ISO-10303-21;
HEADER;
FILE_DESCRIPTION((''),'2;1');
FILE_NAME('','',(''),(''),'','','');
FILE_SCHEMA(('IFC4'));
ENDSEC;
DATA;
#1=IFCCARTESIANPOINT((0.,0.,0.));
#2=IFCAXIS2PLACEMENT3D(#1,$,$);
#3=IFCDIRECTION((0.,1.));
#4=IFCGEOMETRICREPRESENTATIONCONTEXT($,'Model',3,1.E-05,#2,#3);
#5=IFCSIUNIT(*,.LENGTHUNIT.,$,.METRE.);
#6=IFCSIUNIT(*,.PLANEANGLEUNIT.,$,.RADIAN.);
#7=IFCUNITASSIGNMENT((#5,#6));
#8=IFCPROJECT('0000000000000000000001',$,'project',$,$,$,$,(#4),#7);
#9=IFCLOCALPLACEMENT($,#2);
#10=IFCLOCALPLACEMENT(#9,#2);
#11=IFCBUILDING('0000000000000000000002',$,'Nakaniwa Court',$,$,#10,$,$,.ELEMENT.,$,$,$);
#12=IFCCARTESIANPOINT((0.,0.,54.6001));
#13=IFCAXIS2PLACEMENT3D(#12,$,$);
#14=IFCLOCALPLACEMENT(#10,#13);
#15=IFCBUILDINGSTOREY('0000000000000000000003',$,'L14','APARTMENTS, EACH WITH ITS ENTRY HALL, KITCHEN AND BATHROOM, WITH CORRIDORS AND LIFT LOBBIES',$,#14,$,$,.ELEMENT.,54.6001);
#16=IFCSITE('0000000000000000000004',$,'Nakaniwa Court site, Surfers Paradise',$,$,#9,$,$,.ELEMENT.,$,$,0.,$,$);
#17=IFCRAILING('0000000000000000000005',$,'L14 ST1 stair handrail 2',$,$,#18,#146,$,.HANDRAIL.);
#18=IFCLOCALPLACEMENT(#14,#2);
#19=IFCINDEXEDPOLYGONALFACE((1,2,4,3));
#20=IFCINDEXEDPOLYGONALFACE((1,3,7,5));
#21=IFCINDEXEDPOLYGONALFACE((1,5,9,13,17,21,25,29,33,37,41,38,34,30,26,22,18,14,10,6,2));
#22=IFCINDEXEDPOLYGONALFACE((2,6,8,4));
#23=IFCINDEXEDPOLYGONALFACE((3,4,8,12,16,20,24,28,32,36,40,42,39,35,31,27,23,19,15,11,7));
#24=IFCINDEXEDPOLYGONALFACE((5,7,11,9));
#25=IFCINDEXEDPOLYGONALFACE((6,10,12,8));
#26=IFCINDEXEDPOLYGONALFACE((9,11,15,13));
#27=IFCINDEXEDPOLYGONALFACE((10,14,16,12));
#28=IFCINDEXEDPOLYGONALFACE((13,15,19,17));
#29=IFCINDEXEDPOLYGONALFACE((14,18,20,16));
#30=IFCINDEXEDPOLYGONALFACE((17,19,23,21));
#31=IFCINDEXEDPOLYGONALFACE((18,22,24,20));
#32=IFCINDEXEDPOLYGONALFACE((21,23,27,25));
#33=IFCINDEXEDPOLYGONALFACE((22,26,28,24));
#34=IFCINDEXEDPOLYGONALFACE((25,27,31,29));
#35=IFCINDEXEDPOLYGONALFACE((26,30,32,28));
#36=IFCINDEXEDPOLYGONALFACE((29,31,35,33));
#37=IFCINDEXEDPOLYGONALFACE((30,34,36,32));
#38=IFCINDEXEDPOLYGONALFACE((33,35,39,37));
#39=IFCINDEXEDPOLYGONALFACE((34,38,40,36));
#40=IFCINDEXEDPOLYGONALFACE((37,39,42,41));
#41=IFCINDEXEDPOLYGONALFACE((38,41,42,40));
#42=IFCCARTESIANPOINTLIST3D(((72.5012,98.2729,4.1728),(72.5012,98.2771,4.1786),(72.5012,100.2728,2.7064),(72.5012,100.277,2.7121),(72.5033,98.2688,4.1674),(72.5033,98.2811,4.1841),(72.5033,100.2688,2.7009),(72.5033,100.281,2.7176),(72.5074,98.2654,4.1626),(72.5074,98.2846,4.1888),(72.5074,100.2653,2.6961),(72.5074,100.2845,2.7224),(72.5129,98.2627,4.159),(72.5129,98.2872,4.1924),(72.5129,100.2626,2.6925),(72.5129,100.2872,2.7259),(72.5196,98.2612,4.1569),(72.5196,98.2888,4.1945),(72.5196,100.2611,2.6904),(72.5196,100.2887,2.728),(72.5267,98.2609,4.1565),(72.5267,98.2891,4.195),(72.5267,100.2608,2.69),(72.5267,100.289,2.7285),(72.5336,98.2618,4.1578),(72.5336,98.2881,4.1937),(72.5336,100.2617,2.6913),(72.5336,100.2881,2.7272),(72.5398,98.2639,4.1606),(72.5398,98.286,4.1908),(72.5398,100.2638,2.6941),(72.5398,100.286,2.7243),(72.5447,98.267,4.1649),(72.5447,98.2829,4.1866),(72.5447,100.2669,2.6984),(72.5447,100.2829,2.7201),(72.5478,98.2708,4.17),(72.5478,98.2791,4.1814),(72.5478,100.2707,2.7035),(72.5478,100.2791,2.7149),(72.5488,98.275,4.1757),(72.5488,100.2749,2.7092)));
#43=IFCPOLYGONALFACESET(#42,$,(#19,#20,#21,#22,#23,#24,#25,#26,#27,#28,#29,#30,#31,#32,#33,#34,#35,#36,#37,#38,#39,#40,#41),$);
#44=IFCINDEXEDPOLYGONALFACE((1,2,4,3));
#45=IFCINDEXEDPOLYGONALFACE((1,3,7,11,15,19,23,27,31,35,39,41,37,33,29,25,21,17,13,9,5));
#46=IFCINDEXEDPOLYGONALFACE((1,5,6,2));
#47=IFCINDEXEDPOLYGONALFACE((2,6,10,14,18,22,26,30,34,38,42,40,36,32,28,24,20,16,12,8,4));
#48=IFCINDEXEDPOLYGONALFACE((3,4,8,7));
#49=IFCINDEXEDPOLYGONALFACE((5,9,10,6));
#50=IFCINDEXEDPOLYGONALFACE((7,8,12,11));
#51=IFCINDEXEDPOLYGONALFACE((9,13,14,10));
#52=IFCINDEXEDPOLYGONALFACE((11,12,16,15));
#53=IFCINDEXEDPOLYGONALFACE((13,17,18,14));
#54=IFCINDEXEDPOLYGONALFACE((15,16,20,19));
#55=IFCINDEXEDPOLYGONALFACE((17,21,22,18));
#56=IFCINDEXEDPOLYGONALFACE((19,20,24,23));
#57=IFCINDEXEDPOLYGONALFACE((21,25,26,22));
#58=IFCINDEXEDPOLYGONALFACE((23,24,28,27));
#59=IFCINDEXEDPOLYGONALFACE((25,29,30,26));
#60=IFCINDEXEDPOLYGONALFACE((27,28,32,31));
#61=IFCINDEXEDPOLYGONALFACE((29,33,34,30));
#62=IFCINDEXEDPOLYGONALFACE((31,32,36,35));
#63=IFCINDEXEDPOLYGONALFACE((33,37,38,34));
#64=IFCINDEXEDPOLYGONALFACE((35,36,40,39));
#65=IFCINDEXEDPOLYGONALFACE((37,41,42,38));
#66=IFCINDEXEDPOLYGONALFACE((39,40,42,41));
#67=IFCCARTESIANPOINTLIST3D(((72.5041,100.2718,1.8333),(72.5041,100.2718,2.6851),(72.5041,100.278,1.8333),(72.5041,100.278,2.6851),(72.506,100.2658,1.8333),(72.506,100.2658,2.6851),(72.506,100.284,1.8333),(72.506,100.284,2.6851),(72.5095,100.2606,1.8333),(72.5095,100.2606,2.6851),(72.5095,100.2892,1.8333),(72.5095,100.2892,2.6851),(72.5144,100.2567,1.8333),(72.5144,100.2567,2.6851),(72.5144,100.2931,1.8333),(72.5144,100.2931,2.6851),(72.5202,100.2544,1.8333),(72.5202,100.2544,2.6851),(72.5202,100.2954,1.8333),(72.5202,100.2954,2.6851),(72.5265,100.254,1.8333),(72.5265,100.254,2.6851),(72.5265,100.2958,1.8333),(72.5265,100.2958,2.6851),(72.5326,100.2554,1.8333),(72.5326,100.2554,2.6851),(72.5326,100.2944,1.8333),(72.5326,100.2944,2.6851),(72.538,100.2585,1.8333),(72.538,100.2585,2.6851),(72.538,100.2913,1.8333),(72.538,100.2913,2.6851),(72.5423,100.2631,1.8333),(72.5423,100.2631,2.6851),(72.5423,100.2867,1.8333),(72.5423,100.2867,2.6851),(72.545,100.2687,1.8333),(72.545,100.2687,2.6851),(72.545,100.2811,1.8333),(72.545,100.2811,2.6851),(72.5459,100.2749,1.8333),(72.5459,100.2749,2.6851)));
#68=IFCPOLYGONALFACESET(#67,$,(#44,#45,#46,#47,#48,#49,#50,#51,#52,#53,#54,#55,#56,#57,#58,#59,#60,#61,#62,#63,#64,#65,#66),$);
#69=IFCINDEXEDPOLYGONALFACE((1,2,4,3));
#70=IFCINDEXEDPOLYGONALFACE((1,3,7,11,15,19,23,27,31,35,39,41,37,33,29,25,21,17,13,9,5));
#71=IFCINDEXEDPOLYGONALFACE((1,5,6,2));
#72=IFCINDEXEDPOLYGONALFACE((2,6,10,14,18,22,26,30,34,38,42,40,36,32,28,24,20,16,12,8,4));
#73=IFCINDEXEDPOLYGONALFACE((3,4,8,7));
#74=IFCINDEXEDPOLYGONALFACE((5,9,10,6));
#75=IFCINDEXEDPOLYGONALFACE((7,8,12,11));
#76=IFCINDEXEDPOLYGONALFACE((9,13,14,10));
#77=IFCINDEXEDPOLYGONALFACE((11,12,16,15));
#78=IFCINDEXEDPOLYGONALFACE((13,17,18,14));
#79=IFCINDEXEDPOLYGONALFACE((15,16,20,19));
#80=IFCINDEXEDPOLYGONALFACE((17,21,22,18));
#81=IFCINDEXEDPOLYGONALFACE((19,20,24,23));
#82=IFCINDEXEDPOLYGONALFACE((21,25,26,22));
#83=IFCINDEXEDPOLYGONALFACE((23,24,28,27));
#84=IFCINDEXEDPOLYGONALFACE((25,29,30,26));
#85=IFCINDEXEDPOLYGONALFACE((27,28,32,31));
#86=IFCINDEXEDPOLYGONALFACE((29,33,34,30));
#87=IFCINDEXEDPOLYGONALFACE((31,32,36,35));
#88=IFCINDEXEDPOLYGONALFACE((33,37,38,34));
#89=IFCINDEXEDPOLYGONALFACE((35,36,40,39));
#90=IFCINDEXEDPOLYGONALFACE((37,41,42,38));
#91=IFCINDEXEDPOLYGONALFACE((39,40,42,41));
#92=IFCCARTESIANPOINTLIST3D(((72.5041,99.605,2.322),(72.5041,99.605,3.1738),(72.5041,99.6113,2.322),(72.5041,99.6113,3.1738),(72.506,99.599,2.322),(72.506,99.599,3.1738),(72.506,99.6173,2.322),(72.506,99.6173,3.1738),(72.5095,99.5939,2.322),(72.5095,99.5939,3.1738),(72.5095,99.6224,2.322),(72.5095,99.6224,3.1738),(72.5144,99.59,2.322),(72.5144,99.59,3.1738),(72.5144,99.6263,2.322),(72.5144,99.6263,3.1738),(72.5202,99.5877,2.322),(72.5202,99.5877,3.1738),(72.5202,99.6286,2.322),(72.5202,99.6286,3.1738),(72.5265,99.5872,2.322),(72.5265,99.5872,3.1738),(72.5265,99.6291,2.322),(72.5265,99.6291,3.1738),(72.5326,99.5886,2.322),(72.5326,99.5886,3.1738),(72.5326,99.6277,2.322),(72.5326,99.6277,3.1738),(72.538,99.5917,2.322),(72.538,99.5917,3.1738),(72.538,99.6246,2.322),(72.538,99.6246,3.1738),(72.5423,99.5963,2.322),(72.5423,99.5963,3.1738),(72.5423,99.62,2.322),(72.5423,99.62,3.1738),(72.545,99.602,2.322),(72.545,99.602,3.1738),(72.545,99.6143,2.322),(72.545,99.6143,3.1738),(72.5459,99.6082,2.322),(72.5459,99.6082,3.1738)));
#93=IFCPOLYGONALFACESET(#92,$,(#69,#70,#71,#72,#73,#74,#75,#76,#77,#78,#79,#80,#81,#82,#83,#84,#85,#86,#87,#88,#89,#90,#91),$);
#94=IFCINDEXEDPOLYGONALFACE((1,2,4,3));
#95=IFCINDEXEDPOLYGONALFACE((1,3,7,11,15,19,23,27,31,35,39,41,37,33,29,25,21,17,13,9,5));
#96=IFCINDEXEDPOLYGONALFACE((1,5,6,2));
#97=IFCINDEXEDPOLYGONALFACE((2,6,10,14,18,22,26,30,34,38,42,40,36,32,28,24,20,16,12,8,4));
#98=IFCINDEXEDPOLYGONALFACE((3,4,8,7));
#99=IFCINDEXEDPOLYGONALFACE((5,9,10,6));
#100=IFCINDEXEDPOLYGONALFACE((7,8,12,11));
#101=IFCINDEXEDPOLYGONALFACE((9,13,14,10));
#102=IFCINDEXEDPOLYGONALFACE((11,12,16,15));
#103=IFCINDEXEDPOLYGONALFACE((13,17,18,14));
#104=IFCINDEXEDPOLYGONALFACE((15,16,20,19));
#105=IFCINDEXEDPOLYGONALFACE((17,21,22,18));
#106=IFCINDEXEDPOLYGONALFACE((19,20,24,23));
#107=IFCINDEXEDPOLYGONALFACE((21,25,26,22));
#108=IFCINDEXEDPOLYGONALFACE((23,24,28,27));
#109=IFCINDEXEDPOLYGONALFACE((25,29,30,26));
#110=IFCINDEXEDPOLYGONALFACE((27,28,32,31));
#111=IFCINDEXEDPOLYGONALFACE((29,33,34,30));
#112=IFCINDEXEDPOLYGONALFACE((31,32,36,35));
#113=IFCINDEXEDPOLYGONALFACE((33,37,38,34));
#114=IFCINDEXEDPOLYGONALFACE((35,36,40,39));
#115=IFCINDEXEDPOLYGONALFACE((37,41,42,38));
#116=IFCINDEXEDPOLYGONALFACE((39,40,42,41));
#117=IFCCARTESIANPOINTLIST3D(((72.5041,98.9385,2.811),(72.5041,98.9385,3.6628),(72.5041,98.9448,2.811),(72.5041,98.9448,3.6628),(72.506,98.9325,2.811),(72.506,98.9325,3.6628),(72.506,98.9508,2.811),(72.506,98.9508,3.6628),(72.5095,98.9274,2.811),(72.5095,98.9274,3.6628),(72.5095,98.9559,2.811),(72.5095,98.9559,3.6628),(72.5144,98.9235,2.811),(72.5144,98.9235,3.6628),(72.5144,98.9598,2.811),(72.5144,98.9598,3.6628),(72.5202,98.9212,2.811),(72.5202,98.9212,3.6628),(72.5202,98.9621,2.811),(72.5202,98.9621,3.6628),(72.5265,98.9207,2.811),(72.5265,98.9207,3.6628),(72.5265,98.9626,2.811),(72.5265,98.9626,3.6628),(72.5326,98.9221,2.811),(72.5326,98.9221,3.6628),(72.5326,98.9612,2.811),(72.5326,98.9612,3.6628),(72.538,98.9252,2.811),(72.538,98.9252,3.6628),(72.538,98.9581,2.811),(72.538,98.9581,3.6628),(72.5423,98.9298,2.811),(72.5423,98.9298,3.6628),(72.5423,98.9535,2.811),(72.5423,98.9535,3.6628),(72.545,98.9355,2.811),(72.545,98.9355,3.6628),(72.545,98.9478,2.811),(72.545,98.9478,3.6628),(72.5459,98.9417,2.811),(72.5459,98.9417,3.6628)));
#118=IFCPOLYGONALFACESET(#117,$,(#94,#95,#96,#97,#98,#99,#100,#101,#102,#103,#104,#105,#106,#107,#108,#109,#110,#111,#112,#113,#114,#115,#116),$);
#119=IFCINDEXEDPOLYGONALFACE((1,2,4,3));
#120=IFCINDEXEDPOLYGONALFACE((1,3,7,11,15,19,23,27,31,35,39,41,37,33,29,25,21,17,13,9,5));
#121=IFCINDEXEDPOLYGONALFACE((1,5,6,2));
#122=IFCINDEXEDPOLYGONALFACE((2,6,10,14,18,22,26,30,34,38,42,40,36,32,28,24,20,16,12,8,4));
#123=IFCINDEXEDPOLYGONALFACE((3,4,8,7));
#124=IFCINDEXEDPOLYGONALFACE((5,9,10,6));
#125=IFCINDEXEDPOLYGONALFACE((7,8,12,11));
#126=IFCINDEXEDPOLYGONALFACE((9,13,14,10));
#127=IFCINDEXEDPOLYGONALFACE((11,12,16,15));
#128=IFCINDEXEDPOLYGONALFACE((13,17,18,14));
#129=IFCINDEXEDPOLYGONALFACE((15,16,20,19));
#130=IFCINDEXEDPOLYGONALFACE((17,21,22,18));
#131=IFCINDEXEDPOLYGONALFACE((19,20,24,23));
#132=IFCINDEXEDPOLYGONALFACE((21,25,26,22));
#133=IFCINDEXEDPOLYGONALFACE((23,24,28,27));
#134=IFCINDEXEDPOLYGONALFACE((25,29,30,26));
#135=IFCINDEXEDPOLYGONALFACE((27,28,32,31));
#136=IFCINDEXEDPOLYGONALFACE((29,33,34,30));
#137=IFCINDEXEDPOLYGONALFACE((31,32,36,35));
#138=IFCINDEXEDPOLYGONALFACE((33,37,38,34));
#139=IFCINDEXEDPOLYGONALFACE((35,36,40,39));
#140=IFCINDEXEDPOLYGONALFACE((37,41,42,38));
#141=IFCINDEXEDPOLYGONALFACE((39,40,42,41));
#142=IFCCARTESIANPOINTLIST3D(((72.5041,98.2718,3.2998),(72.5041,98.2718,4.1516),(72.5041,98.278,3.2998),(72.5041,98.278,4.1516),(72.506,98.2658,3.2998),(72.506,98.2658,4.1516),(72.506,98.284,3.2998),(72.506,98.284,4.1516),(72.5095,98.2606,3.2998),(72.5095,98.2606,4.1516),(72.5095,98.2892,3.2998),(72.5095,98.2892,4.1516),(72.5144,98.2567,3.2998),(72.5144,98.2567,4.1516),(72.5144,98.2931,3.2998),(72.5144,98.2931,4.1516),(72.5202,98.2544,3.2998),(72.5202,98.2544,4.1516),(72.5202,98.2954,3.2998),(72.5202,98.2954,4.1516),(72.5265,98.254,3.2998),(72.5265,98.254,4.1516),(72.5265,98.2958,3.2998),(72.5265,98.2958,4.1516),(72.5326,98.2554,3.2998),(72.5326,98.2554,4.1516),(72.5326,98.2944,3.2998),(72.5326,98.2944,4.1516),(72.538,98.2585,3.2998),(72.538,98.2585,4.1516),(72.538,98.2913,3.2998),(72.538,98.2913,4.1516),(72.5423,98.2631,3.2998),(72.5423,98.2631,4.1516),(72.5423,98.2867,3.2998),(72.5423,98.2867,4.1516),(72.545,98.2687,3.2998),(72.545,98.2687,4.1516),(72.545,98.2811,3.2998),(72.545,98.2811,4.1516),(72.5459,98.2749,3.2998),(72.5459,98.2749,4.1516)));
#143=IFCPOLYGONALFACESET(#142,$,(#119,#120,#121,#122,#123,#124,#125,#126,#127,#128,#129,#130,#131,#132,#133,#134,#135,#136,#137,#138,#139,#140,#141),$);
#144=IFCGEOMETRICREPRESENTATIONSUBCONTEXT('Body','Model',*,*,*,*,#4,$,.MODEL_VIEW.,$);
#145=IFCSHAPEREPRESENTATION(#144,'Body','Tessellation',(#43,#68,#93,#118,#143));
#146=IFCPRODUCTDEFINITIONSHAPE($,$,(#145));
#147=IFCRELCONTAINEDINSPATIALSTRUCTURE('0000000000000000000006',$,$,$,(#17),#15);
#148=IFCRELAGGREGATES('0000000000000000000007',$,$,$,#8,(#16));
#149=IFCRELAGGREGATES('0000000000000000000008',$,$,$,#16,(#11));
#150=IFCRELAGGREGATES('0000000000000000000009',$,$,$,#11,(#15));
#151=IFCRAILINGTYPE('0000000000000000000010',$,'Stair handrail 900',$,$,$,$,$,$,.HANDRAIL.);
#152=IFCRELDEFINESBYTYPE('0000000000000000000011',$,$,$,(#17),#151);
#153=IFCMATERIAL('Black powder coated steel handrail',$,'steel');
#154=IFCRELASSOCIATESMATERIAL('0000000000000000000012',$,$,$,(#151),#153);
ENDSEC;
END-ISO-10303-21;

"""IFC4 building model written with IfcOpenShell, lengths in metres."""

from ifc_helpers import new_model, si_unit, direction, frame, origin, origin_2d, place, context, subcontext, project, spatial, circle, extrude, material, type_object, element, save


model = new_model("IFC4")

# Units and contexts
model_context = context("Model", 3, precision=1e-05, world=origin(), true_north=direction((0.0, 1.0)))
body_context = subcontext(model_context, "Body", "Model", "MODEL_VIEW")
ifc_project = project(units=[si_unit("LENGTHUNIT", "METRE"), si_unit("PLANEANGLEUNIT", "RADIAN")], contexts=[model_context])

# Site, building, storey
site_placement = place(None, origin())
site = spatial("IfcSite", under=ifc_project, at=site_placement, Name="Nakaniwa Court site, Surfers Paradise", CompositionType="ELEMENT", RefElevation=0.0)
building_placement = place(site_placement, origin())
building = spatial("IfcBuilding", under=site, at=building_placement, Name="Nakaniwa Court", CompositionType="ELEMENT")
storey_placement = place(building_placement, frame((0.0, 0.0, 54.6001)))
storey = spatial("IfcBuildingStorey", under=building, at=storey_placement, Name="L14", Description="APARTMENTS, EACH WITH ITS ENTRY HALL, KITCHEN AND BATHROOM, WITH CORRIDORS AND LIFT LOBBIES", CompositionType="ELEMENT", Elevation=54.6001)

# Railing
ifc_material_1 = material(Name="Black powder coated steel handrail", Category="steel")
railing_type_1 = type_object("IfcRailingType", Name="Stair handrail 900", PredefinedType="HANDRAIL", material=ifc_material_1)
railing_1_placement = place(storey_placement, frame((72.5249, 100.2749, 1.8333)))
element("IfcRailing", 1, at=railing_1_placement, inside=storey, type_object=railing_type_1, Name="L14 ST1 stair handrail 2", PredefinedType="HANDRAIL", context=body_context, shape_type="SweptSolid", body=[
    extrude(circle(Radius=0.0239, at=origin_2d()), frame((0.0, 0.0, 0.876), z_axis=(0.0, -0.806427, 0.591334), x_axis=(1.0, 0.0, 0.0)), (0.0, 0.0, 1.0), 2.48),
    extrude(circle(Radius=0.021, at=origin_2d()), origin(), (0.0, 0.0, 1.0), 0.8518),
    extrude(circle(Radius=0.021, at=origin_2d()), frame((0.0, -0.6667, 0.4888)), (0.0, 0.0, 1.0), 0.8518),
    extrude(circle(Radius=0.021, at=origin_2d()), frame((0.0, -1.3333, 0.9778)), (0.0, 0.0, 1.0), 0.8518),
    extrude(circle(Radius=0.021, at=origin_2d()), frame((0.0, -2.0, 1.4666)), (0.0, 0.0, 1.0), 0.8518),
])

save(model, "model.ifc")
